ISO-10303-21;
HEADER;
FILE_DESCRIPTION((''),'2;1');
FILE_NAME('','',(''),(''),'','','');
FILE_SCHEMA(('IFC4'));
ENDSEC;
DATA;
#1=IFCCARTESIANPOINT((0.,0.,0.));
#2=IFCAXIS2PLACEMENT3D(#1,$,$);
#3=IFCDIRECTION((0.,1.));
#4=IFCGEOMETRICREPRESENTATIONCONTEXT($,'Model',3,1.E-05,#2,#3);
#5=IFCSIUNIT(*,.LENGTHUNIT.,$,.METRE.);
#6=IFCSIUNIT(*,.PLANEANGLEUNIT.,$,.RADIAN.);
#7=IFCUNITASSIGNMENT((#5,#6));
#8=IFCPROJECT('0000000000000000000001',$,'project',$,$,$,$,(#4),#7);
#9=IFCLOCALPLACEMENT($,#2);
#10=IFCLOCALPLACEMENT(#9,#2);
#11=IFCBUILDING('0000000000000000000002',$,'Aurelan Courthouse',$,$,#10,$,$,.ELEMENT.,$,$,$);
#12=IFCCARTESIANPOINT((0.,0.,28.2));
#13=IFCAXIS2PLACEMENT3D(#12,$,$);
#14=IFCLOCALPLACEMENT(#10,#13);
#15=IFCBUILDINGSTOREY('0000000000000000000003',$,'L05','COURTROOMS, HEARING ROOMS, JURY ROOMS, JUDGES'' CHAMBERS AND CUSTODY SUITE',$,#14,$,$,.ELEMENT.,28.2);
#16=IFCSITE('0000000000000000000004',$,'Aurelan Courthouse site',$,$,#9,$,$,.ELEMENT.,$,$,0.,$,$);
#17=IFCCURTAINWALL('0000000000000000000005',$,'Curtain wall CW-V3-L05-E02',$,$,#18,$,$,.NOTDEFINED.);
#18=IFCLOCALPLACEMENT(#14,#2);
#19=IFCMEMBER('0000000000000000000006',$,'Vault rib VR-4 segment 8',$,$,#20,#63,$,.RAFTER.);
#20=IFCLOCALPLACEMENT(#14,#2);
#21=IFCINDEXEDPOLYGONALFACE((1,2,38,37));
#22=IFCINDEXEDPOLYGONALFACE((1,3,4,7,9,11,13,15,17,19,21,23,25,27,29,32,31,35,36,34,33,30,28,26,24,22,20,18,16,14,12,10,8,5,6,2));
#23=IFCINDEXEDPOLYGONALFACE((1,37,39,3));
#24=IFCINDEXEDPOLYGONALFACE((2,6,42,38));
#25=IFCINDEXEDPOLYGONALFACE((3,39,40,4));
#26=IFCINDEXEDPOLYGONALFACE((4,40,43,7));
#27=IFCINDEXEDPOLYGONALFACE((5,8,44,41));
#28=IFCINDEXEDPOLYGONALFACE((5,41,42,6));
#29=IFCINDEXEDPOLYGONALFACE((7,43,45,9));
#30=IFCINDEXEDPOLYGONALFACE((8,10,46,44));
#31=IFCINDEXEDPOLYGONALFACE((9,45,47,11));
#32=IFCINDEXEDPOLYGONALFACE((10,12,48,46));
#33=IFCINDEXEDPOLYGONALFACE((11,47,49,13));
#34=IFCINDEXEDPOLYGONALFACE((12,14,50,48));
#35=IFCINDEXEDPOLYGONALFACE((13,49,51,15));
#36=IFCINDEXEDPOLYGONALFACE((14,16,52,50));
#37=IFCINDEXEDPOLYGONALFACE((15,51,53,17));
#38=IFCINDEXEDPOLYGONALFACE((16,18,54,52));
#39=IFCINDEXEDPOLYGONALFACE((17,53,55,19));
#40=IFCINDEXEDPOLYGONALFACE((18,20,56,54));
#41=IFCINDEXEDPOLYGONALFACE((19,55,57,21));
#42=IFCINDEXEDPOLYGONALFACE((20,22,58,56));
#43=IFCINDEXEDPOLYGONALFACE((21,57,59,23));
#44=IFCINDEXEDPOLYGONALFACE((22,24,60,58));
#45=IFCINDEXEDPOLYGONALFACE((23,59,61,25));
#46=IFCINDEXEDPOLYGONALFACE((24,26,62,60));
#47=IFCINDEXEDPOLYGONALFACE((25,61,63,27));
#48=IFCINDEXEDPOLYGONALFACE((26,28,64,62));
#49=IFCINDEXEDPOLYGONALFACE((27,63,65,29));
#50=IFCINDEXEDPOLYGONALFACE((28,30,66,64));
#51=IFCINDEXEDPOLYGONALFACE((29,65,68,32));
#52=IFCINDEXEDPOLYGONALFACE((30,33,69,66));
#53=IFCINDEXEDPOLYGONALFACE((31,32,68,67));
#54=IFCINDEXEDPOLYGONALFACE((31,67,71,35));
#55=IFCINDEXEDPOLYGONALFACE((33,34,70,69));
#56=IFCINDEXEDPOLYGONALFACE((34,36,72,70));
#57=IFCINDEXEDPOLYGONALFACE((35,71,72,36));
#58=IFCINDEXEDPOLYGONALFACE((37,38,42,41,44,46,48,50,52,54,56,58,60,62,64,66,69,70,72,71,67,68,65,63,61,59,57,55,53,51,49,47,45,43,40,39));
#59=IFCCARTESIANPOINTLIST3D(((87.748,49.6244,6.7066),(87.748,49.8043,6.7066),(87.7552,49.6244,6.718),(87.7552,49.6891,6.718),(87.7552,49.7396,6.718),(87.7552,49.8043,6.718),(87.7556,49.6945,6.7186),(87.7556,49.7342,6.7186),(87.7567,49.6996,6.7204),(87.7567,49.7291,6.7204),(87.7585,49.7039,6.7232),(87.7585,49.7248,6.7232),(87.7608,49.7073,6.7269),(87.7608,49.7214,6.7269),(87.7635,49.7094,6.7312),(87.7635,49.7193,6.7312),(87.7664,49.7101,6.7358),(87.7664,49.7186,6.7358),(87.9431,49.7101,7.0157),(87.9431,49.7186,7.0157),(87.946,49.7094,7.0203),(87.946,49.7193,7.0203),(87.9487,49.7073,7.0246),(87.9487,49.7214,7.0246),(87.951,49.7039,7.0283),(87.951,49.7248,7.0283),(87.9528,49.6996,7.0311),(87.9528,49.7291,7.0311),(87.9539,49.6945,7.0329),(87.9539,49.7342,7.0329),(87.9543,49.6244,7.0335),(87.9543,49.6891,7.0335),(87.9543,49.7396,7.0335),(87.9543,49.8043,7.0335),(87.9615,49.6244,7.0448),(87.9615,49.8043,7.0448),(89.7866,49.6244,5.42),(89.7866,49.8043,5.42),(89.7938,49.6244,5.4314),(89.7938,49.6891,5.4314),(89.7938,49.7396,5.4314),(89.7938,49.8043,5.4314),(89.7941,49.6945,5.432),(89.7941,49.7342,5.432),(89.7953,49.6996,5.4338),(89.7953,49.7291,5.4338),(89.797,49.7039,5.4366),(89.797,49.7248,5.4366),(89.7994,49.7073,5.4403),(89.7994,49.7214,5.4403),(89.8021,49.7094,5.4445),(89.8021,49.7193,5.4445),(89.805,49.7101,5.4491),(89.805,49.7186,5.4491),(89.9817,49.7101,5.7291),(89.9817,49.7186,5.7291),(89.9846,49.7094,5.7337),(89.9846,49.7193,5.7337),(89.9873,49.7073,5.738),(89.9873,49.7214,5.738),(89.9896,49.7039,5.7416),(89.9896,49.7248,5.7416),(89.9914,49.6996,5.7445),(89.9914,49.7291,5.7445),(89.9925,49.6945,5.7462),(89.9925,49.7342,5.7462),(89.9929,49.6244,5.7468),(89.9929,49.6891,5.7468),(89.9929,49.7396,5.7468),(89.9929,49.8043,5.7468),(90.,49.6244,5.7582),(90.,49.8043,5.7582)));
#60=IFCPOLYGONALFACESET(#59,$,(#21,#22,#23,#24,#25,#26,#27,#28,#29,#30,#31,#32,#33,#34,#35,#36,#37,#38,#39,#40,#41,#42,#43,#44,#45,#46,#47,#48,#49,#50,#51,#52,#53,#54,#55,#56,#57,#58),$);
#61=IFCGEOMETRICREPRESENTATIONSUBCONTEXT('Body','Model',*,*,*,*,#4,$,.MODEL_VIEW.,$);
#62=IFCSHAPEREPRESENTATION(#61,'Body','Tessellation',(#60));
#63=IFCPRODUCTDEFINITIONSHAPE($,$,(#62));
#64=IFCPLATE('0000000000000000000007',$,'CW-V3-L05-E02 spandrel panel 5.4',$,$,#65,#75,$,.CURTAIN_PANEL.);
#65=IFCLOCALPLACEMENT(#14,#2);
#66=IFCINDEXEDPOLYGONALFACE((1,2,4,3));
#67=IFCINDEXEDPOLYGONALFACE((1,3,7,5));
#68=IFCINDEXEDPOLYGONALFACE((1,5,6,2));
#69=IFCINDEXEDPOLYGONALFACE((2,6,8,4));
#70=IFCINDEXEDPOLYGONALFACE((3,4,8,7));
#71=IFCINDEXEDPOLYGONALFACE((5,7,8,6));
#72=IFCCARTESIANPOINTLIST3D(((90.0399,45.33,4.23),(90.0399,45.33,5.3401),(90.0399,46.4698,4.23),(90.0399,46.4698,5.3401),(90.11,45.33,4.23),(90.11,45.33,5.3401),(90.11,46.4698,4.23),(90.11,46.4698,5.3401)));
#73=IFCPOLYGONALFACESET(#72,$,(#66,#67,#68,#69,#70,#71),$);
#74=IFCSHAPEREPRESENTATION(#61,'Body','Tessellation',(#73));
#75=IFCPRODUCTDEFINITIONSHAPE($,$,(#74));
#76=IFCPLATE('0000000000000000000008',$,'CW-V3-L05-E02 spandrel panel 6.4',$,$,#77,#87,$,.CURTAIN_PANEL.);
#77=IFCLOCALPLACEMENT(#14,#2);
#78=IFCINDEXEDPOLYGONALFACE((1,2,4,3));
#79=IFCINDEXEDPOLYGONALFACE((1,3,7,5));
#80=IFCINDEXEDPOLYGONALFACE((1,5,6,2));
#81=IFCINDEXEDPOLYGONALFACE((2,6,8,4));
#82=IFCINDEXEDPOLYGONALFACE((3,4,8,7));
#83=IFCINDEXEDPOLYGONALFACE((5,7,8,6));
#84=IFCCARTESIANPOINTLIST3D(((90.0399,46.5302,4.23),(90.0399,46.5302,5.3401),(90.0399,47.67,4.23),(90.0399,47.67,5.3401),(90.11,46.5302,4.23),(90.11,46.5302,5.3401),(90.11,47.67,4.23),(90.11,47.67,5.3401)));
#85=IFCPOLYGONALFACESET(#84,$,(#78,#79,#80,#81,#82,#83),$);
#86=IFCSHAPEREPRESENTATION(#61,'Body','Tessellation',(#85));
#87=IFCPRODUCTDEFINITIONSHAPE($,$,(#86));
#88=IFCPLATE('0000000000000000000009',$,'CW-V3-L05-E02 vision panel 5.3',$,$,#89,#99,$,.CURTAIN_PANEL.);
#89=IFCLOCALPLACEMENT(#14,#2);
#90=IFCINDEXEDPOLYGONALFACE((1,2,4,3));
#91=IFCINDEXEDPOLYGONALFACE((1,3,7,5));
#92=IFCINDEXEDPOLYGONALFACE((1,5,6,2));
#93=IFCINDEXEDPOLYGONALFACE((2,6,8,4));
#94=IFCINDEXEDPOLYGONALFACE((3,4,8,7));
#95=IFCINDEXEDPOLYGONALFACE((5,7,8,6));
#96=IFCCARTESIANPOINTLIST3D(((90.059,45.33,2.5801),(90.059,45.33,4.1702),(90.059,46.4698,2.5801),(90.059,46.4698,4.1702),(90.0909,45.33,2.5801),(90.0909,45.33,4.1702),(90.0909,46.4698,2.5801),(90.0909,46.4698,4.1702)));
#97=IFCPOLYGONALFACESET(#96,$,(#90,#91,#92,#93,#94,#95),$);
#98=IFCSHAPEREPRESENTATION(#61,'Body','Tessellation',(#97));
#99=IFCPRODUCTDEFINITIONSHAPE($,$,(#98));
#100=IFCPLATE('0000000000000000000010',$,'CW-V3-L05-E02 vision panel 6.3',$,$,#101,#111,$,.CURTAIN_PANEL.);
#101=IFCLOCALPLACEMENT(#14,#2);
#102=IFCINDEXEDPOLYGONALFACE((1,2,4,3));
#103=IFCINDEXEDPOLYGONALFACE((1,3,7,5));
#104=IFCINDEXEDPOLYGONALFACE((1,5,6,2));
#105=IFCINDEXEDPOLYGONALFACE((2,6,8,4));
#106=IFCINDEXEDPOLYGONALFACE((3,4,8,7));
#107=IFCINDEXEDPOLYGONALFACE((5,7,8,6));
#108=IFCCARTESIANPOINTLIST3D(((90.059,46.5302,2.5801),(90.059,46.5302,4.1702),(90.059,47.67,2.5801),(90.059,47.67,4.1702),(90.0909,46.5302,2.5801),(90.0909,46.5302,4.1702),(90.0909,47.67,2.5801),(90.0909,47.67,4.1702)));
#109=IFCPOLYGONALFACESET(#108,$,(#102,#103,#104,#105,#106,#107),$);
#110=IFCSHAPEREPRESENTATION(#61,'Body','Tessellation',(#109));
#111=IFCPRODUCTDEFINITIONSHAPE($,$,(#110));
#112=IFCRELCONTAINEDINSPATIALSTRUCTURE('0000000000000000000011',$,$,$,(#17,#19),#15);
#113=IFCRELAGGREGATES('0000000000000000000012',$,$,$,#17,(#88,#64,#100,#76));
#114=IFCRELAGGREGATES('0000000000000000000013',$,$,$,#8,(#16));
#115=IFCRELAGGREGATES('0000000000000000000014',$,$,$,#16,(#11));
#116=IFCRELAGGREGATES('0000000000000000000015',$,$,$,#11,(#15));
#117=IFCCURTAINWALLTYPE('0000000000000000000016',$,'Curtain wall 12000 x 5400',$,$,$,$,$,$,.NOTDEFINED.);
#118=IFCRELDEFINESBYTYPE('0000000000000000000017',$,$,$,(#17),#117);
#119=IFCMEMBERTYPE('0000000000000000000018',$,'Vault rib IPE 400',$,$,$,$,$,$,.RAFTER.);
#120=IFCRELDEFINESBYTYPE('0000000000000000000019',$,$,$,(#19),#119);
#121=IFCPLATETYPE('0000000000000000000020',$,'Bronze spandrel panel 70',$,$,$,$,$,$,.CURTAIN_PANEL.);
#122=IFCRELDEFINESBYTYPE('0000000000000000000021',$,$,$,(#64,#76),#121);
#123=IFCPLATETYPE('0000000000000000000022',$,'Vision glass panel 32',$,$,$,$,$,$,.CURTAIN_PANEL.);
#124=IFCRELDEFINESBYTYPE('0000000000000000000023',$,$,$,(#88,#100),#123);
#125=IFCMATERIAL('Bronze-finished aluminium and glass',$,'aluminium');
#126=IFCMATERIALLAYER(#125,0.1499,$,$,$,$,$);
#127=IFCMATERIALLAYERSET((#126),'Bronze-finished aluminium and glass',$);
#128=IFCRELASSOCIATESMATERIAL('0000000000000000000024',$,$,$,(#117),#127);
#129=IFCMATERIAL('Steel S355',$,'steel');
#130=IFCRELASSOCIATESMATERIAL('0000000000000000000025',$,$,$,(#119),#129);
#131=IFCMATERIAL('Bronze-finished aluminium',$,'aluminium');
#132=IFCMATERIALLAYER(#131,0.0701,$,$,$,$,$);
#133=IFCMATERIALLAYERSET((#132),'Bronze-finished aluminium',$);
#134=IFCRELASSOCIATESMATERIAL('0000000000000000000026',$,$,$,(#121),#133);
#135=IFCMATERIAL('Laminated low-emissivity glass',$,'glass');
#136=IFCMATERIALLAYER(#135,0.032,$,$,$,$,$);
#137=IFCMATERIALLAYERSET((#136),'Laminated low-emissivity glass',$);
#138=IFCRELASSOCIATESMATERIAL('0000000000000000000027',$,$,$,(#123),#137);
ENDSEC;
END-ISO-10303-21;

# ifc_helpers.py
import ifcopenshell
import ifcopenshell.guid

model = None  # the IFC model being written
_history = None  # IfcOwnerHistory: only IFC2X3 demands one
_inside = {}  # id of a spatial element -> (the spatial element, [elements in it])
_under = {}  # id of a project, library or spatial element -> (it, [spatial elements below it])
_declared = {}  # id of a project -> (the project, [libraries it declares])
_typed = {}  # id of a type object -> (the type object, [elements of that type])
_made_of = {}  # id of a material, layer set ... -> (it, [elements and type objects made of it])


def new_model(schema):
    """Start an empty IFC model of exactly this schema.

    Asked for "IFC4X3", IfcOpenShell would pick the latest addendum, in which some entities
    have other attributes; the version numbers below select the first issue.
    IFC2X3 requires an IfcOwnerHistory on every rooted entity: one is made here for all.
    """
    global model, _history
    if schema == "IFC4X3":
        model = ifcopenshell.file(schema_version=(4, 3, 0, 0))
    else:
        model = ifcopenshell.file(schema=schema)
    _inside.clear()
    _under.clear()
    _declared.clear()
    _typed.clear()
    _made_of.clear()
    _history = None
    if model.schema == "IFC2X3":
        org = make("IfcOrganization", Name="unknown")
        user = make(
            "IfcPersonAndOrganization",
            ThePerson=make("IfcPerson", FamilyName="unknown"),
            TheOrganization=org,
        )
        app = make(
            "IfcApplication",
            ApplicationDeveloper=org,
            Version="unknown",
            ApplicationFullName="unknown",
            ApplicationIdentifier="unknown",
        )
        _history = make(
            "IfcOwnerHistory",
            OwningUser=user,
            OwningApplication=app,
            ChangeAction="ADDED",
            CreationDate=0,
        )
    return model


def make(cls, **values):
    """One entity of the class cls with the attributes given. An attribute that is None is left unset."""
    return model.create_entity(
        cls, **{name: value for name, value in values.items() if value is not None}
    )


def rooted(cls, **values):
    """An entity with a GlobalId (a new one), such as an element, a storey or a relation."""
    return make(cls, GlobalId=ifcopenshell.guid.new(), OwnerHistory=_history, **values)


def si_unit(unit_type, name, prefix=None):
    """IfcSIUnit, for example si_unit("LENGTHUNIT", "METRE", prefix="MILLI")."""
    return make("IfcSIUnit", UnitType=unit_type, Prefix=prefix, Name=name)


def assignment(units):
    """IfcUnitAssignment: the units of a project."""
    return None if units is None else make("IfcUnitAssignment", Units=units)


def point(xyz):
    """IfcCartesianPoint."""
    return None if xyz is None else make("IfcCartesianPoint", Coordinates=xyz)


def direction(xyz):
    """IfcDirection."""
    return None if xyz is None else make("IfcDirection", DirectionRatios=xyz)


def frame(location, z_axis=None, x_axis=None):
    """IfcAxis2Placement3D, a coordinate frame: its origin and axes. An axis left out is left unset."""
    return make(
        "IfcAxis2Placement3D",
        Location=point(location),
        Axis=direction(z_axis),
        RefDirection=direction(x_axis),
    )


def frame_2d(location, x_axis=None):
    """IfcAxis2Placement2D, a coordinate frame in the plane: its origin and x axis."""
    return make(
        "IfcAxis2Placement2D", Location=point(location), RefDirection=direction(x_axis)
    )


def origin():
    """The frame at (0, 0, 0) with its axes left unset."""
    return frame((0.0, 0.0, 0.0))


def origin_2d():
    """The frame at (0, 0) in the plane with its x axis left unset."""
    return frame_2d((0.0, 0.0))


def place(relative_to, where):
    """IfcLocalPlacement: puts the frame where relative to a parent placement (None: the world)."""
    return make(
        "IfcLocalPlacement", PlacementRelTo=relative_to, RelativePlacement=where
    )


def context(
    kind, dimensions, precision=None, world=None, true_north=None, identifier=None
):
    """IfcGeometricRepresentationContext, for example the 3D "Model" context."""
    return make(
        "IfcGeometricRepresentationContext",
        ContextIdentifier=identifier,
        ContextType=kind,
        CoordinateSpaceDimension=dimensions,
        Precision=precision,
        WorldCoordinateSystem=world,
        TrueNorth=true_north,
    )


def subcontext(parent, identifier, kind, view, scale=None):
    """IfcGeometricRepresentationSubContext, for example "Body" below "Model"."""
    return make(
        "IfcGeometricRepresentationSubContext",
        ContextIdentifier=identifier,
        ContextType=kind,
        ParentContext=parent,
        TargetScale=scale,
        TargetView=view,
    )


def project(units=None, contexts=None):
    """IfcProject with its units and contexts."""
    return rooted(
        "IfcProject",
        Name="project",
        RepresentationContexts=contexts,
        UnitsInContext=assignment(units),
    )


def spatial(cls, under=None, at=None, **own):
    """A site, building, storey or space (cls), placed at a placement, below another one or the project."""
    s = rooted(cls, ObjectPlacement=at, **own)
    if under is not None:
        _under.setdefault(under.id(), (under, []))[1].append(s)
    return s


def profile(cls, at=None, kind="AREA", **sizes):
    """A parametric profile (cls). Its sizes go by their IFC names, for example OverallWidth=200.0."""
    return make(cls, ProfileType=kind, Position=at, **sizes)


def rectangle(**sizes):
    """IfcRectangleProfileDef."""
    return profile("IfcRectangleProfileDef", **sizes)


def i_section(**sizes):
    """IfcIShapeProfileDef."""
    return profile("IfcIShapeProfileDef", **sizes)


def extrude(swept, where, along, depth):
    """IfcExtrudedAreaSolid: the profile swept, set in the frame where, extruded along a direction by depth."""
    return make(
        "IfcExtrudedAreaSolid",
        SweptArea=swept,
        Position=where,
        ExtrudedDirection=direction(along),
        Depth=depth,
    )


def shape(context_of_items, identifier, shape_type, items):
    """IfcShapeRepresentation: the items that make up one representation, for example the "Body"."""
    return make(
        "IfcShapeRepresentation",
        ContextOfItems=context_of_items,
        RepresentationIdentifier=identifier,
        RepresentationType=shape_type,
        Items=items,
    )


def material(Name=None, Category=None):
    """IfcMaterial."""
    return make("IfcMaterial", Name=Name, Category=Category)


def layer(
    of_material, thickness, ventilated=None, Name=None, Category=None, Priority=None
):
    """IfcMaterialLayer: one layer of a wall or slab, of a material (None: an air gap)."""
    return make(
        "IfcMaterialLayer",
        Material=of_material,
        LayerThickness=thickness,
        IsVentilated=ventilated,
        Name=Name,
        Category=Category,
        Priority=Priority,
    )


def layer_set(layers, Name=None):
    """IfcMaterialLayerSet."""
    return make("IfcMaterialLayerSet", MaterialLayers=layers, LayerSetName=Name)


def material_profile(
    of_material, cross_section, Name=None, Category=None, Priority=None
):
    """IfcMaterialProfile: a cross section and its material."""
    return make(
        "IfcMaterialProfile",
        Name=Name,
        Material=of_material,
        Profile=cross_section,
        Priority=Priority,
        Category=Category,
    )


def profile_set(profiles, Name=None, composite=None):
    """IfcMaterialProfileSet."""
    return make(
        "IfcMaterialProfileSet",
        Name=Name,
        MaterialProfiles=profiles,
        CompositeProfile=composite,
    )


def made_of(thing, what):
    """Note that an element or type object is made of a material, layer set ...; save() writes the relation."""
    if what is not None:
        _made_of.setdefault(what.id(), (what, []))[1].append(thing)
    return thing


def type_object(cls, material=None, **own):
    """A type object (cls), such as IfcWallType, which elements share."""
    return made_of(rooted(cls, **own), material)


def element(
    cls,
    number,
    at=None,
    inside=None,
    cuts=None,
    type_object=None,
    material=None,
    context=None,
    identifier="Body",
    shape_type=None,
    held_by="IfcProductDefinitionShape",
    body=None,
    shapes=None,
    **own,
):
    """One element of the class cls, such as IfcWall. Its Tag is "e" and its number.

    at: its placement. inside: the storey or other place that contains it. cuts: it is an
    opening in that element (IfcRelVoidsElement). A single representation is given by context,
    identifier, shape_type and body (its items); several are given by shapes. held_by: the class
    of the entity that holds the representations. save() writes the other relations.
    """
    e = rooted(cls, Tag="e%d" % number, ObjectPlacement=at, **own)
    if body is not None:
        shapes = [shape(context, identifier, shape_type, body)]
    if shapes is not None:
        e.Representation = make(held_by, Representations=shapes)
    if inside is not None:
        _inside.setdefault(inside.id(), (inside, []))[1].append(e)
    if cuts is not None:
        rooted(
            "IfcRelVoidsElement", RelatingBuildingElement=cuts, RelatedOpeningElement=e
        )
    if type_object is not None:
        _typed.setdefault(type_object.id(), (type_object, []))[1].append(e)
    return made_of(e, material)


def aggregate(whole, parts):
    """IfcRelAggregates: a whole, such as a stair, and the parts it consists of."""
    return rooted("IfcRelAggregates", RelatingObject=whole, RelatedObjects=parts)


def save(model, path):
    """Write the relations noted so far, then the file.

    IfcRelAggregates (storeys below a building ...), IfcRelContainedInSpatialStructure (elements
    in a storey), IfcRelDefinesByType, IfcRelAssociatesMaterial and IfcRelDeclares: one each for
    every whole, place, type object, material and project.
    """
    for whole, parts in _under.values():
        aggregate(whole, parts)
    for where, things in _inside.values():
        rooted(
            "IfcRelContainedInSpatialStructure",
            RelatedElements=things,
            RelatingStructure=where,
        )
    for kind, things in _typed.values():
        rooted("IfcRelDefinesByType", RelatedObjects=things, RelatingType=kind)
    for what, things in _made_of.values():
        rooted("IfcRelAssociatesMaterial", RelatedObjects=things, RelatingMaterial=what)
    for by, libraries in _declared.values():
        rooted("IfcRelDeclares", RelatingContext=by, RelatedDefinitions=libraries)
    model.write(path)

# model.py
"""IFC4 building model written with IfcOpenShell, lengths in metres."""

from ifc_helpers import new_model, si_unit, direction, frame, origin, origin_2d, place, context, subcontext, project, spatial, rectangle, i_section, extrude, material, layer, layer_set, material_profile, profile_set, type_object, element, aggregate, save


model = new_model("IFC4")

# Units and contexts
model_context = context("Model", 3, precision=1e-05, world=origin(), true_north=direction((0.0, 1.0)))
body_context = subcontext(model_context, "Body", "Model", "MODEL_VIEW")
ifc_project = project(units=[si_unit("LENGTHUNIT", "METRE"), si_unit("PLANEANGLEUNIT", "RADIAN")], contexts=[model_context])

# Site, building, storey
site_placement = place(None, origin())
site = spatial("IfcSite", under=ifc_project, at=site_placement, Name="Aurelan Courthouse site", CompositionType="ELEMENT", RefElevation=0.0)
building_placement = place(site_placement, origin())
building = spatial("IfcBuilding", under=site, at=building_placement, Name="Aurelan Courthouse", CompositionType="ELEMENT")
storey_placement = place(building_placement, frame((0.0, 0.0, 28.2)))
storey = spatial("IfcBuildingStorey", under=building, at=storey_placement, Name="L05", Description="COURTROOMS, HEARING ROOMS, JURY ROOMS, JUDGES' CHAMBERS AND CUSTODY SUITE", CompositionType="ELEMENT", Elevation=28.2)

# Curtain wall
ifc_material_1 = material(Name="Bronze-finished aluminium and glass", Category="aluminium")
ifc_layer_1 = layer(ifc_material_1, 0.1499)
ifc_layer_set_1 = layer_set([ifc_layer_1], Name="Bronze-finished aluminium and glass")
curtain_wall_type = type_object("IfcCurtainWallType", Name="Curtain wall 12000 x 5400", PredefinedType="NOTDEFINED", material=ifc_layer_set_1)
curtain_wall_placement = place(storey_placement, origin())
curtain_wall = element("IfcCurtainWall", 1, at=curtain_wall_placement, inside=storey, type_object=curtain_wall_type, Name="Curtain wall CW-V3-L05-E02", PredefinedType="NOTDEFINED")
ifc_material_2 = material(Name="Bronze-finished aluminium", Category="aluminium")

# Member
ifc_material_3 = material(Name="Steel S355", Category="steel")
ifc_material_profile_1 = material_profile(ifc_material_3, i_section(OverallWidth=0.1799, OverallDepth=0.3999, WebThickness=0.0085, FlangeThickness=0.0134, FilletRadius=0.021, at=origin_2d()), Name="IPE 400")
ifc_profile_set_1 = profile_set([ifc_material_profile_1], Name="Steel S355")
member_type_1 = type_object("IfcMemberType", Name="Vault rib IPE 400", PredefinedType="RAFTER", material=ifc_profile_set_1)
for number, where, z_axis, x_axis, name in (
    (2, (87.8547, 49.7144, 6.8757), (0.845657, 0.0, -0.533726), (0.0, 1.0, 0.0), "Vault rib VR-4 segment 8"),
):
    element("IfcMember", number, at=place(storey_placement, frame(where, z_axis=z_axis, x_axis=x_axis)), inside=storey, type_object=member_type_1, Name=name, PredefinedType="RAFTER", context=body_context, shape_type="SweptSolid", body=[
        extrude(i_section(OverallWidth=0.1799, OverallDepth=0.3999, WebThickness=0.0085, FlangeThickness=0.0134, FilletRadius=0.021, at=origin_2d()), origin(), (0.0, 0.0, 1.0), 2.4106),
    ])

# Plates
ifc_layer_2 = layer(ifc_material_2, 0.0701)
ifc_layer_set_2 = layer_set([ifc_layer_2], Name="Bronze-finished aluminium")
plate_type_1 = type_object("IfcPlateType", Name="Bronze spandrel panel 70", PredefinedType="CURTAIN_PANEL", material=ifc_layer_set_2)
plate_1_placement = place(storey_placement, frame((90.075, 45.8999, 4.23), z_axis=(0.0, 0.0, 1.0), x_axis=(0.0, 1.0, 0.0)))
plate_1 = element("IfcPlate", 3, at=plate_1_placement, type_object=plate_type_1, Name="CW-V3-L05-E02 spandrel panel 5.4", PredefinedType="CURTAIN_PANEL", context=body_context, shape_type="SweptSolid", body=[
    extrude(rectangle(XDim=1.1399, YDim=0.0701, at=origin_2d()), origin(), (0.0, 0.0, 1.0), 1.1101),
])
plate_2_placement = place(storey_placement, frame((90.075, 47.1001, 4.23), z_axis=(0.0, 0.0, 1.0), x_axis=(0.0, 1.0, 0.0)))
plate_2 = element("IfcPlate", 4, at=plate_2_placement, type_object=plate_type_1, Name="CW-V3-L05-E02 spandrel panel 6.4", PredefinedType="CURTAIN_PANEL", context=body_context, shape_type="SweptSolid", body=[
    extrude(rectangle(XDim=1.1399, YDim=0.0701, at=origin_2d()), origin(), (0.0, 0.0, 1.0), 1.1101),
])
ifc_material_4 = material(Name="Laminated low-emissivity glass", Category="glass")
ifc_layer_3 = layer(ifc_material_4, 0.032)
ifc_layer_set_3 = layer_set([ifc_layer_3], Name="Laminated low-emissivity glass")
plate_type_2 = type_object("IfcPlateType", Name="Vision glass panel 32", PredefinedType="CURTAIN_PANEL", material=ifc_layer_set_3)
plate_3_placement = place(storey_placement, frame((90.075, 45.8999, 2.5801), z_axis=(0.0, 0.0, 1.0), x_axis=(0.0, 1.0, 0.0)))
plate_3 = element("IfcPlate", 5, at=plate_3_placement, type_object=plate_type_2, Name="CW-V3-L05-E02 vision panel 5.3", PredefinedType="CURTAIN_PANEL", context=body_context, shape_type="SweptSolid", body=[
    extrude(rectangle(XDim=1.1399, YDim=0.032, at=origin_2d()), origin(), (0.0, 0.0, 1.0), 1.5901),
])
plate_4_placement = place(storey_placement, frame((90.075, 47.1001, 2.5801), z_axis=(0.0, 0.0, 1.0), x_axis=(0.0, 1.0, 0.0)))
plate_4 = element("IfcPlate", 6, at=plate_4_placement, type_object=plate_type_2, Name="CW-V3-L05-E02 vision panel 6.3", PredefinedType="CURTAIN_PANEL", context=body_context, shape_type="SweptSolid", body=[
    extrude(rectangle(XDim=1.1399, YDim=0.032, at=origin_2d()), origin(), (0.0, 0.0, 1.0), 1.5901),
])
aggregate(curtain_wall, [plate_3, plate_1, plate_4, plate_2])

save(model, "model.ifc")
